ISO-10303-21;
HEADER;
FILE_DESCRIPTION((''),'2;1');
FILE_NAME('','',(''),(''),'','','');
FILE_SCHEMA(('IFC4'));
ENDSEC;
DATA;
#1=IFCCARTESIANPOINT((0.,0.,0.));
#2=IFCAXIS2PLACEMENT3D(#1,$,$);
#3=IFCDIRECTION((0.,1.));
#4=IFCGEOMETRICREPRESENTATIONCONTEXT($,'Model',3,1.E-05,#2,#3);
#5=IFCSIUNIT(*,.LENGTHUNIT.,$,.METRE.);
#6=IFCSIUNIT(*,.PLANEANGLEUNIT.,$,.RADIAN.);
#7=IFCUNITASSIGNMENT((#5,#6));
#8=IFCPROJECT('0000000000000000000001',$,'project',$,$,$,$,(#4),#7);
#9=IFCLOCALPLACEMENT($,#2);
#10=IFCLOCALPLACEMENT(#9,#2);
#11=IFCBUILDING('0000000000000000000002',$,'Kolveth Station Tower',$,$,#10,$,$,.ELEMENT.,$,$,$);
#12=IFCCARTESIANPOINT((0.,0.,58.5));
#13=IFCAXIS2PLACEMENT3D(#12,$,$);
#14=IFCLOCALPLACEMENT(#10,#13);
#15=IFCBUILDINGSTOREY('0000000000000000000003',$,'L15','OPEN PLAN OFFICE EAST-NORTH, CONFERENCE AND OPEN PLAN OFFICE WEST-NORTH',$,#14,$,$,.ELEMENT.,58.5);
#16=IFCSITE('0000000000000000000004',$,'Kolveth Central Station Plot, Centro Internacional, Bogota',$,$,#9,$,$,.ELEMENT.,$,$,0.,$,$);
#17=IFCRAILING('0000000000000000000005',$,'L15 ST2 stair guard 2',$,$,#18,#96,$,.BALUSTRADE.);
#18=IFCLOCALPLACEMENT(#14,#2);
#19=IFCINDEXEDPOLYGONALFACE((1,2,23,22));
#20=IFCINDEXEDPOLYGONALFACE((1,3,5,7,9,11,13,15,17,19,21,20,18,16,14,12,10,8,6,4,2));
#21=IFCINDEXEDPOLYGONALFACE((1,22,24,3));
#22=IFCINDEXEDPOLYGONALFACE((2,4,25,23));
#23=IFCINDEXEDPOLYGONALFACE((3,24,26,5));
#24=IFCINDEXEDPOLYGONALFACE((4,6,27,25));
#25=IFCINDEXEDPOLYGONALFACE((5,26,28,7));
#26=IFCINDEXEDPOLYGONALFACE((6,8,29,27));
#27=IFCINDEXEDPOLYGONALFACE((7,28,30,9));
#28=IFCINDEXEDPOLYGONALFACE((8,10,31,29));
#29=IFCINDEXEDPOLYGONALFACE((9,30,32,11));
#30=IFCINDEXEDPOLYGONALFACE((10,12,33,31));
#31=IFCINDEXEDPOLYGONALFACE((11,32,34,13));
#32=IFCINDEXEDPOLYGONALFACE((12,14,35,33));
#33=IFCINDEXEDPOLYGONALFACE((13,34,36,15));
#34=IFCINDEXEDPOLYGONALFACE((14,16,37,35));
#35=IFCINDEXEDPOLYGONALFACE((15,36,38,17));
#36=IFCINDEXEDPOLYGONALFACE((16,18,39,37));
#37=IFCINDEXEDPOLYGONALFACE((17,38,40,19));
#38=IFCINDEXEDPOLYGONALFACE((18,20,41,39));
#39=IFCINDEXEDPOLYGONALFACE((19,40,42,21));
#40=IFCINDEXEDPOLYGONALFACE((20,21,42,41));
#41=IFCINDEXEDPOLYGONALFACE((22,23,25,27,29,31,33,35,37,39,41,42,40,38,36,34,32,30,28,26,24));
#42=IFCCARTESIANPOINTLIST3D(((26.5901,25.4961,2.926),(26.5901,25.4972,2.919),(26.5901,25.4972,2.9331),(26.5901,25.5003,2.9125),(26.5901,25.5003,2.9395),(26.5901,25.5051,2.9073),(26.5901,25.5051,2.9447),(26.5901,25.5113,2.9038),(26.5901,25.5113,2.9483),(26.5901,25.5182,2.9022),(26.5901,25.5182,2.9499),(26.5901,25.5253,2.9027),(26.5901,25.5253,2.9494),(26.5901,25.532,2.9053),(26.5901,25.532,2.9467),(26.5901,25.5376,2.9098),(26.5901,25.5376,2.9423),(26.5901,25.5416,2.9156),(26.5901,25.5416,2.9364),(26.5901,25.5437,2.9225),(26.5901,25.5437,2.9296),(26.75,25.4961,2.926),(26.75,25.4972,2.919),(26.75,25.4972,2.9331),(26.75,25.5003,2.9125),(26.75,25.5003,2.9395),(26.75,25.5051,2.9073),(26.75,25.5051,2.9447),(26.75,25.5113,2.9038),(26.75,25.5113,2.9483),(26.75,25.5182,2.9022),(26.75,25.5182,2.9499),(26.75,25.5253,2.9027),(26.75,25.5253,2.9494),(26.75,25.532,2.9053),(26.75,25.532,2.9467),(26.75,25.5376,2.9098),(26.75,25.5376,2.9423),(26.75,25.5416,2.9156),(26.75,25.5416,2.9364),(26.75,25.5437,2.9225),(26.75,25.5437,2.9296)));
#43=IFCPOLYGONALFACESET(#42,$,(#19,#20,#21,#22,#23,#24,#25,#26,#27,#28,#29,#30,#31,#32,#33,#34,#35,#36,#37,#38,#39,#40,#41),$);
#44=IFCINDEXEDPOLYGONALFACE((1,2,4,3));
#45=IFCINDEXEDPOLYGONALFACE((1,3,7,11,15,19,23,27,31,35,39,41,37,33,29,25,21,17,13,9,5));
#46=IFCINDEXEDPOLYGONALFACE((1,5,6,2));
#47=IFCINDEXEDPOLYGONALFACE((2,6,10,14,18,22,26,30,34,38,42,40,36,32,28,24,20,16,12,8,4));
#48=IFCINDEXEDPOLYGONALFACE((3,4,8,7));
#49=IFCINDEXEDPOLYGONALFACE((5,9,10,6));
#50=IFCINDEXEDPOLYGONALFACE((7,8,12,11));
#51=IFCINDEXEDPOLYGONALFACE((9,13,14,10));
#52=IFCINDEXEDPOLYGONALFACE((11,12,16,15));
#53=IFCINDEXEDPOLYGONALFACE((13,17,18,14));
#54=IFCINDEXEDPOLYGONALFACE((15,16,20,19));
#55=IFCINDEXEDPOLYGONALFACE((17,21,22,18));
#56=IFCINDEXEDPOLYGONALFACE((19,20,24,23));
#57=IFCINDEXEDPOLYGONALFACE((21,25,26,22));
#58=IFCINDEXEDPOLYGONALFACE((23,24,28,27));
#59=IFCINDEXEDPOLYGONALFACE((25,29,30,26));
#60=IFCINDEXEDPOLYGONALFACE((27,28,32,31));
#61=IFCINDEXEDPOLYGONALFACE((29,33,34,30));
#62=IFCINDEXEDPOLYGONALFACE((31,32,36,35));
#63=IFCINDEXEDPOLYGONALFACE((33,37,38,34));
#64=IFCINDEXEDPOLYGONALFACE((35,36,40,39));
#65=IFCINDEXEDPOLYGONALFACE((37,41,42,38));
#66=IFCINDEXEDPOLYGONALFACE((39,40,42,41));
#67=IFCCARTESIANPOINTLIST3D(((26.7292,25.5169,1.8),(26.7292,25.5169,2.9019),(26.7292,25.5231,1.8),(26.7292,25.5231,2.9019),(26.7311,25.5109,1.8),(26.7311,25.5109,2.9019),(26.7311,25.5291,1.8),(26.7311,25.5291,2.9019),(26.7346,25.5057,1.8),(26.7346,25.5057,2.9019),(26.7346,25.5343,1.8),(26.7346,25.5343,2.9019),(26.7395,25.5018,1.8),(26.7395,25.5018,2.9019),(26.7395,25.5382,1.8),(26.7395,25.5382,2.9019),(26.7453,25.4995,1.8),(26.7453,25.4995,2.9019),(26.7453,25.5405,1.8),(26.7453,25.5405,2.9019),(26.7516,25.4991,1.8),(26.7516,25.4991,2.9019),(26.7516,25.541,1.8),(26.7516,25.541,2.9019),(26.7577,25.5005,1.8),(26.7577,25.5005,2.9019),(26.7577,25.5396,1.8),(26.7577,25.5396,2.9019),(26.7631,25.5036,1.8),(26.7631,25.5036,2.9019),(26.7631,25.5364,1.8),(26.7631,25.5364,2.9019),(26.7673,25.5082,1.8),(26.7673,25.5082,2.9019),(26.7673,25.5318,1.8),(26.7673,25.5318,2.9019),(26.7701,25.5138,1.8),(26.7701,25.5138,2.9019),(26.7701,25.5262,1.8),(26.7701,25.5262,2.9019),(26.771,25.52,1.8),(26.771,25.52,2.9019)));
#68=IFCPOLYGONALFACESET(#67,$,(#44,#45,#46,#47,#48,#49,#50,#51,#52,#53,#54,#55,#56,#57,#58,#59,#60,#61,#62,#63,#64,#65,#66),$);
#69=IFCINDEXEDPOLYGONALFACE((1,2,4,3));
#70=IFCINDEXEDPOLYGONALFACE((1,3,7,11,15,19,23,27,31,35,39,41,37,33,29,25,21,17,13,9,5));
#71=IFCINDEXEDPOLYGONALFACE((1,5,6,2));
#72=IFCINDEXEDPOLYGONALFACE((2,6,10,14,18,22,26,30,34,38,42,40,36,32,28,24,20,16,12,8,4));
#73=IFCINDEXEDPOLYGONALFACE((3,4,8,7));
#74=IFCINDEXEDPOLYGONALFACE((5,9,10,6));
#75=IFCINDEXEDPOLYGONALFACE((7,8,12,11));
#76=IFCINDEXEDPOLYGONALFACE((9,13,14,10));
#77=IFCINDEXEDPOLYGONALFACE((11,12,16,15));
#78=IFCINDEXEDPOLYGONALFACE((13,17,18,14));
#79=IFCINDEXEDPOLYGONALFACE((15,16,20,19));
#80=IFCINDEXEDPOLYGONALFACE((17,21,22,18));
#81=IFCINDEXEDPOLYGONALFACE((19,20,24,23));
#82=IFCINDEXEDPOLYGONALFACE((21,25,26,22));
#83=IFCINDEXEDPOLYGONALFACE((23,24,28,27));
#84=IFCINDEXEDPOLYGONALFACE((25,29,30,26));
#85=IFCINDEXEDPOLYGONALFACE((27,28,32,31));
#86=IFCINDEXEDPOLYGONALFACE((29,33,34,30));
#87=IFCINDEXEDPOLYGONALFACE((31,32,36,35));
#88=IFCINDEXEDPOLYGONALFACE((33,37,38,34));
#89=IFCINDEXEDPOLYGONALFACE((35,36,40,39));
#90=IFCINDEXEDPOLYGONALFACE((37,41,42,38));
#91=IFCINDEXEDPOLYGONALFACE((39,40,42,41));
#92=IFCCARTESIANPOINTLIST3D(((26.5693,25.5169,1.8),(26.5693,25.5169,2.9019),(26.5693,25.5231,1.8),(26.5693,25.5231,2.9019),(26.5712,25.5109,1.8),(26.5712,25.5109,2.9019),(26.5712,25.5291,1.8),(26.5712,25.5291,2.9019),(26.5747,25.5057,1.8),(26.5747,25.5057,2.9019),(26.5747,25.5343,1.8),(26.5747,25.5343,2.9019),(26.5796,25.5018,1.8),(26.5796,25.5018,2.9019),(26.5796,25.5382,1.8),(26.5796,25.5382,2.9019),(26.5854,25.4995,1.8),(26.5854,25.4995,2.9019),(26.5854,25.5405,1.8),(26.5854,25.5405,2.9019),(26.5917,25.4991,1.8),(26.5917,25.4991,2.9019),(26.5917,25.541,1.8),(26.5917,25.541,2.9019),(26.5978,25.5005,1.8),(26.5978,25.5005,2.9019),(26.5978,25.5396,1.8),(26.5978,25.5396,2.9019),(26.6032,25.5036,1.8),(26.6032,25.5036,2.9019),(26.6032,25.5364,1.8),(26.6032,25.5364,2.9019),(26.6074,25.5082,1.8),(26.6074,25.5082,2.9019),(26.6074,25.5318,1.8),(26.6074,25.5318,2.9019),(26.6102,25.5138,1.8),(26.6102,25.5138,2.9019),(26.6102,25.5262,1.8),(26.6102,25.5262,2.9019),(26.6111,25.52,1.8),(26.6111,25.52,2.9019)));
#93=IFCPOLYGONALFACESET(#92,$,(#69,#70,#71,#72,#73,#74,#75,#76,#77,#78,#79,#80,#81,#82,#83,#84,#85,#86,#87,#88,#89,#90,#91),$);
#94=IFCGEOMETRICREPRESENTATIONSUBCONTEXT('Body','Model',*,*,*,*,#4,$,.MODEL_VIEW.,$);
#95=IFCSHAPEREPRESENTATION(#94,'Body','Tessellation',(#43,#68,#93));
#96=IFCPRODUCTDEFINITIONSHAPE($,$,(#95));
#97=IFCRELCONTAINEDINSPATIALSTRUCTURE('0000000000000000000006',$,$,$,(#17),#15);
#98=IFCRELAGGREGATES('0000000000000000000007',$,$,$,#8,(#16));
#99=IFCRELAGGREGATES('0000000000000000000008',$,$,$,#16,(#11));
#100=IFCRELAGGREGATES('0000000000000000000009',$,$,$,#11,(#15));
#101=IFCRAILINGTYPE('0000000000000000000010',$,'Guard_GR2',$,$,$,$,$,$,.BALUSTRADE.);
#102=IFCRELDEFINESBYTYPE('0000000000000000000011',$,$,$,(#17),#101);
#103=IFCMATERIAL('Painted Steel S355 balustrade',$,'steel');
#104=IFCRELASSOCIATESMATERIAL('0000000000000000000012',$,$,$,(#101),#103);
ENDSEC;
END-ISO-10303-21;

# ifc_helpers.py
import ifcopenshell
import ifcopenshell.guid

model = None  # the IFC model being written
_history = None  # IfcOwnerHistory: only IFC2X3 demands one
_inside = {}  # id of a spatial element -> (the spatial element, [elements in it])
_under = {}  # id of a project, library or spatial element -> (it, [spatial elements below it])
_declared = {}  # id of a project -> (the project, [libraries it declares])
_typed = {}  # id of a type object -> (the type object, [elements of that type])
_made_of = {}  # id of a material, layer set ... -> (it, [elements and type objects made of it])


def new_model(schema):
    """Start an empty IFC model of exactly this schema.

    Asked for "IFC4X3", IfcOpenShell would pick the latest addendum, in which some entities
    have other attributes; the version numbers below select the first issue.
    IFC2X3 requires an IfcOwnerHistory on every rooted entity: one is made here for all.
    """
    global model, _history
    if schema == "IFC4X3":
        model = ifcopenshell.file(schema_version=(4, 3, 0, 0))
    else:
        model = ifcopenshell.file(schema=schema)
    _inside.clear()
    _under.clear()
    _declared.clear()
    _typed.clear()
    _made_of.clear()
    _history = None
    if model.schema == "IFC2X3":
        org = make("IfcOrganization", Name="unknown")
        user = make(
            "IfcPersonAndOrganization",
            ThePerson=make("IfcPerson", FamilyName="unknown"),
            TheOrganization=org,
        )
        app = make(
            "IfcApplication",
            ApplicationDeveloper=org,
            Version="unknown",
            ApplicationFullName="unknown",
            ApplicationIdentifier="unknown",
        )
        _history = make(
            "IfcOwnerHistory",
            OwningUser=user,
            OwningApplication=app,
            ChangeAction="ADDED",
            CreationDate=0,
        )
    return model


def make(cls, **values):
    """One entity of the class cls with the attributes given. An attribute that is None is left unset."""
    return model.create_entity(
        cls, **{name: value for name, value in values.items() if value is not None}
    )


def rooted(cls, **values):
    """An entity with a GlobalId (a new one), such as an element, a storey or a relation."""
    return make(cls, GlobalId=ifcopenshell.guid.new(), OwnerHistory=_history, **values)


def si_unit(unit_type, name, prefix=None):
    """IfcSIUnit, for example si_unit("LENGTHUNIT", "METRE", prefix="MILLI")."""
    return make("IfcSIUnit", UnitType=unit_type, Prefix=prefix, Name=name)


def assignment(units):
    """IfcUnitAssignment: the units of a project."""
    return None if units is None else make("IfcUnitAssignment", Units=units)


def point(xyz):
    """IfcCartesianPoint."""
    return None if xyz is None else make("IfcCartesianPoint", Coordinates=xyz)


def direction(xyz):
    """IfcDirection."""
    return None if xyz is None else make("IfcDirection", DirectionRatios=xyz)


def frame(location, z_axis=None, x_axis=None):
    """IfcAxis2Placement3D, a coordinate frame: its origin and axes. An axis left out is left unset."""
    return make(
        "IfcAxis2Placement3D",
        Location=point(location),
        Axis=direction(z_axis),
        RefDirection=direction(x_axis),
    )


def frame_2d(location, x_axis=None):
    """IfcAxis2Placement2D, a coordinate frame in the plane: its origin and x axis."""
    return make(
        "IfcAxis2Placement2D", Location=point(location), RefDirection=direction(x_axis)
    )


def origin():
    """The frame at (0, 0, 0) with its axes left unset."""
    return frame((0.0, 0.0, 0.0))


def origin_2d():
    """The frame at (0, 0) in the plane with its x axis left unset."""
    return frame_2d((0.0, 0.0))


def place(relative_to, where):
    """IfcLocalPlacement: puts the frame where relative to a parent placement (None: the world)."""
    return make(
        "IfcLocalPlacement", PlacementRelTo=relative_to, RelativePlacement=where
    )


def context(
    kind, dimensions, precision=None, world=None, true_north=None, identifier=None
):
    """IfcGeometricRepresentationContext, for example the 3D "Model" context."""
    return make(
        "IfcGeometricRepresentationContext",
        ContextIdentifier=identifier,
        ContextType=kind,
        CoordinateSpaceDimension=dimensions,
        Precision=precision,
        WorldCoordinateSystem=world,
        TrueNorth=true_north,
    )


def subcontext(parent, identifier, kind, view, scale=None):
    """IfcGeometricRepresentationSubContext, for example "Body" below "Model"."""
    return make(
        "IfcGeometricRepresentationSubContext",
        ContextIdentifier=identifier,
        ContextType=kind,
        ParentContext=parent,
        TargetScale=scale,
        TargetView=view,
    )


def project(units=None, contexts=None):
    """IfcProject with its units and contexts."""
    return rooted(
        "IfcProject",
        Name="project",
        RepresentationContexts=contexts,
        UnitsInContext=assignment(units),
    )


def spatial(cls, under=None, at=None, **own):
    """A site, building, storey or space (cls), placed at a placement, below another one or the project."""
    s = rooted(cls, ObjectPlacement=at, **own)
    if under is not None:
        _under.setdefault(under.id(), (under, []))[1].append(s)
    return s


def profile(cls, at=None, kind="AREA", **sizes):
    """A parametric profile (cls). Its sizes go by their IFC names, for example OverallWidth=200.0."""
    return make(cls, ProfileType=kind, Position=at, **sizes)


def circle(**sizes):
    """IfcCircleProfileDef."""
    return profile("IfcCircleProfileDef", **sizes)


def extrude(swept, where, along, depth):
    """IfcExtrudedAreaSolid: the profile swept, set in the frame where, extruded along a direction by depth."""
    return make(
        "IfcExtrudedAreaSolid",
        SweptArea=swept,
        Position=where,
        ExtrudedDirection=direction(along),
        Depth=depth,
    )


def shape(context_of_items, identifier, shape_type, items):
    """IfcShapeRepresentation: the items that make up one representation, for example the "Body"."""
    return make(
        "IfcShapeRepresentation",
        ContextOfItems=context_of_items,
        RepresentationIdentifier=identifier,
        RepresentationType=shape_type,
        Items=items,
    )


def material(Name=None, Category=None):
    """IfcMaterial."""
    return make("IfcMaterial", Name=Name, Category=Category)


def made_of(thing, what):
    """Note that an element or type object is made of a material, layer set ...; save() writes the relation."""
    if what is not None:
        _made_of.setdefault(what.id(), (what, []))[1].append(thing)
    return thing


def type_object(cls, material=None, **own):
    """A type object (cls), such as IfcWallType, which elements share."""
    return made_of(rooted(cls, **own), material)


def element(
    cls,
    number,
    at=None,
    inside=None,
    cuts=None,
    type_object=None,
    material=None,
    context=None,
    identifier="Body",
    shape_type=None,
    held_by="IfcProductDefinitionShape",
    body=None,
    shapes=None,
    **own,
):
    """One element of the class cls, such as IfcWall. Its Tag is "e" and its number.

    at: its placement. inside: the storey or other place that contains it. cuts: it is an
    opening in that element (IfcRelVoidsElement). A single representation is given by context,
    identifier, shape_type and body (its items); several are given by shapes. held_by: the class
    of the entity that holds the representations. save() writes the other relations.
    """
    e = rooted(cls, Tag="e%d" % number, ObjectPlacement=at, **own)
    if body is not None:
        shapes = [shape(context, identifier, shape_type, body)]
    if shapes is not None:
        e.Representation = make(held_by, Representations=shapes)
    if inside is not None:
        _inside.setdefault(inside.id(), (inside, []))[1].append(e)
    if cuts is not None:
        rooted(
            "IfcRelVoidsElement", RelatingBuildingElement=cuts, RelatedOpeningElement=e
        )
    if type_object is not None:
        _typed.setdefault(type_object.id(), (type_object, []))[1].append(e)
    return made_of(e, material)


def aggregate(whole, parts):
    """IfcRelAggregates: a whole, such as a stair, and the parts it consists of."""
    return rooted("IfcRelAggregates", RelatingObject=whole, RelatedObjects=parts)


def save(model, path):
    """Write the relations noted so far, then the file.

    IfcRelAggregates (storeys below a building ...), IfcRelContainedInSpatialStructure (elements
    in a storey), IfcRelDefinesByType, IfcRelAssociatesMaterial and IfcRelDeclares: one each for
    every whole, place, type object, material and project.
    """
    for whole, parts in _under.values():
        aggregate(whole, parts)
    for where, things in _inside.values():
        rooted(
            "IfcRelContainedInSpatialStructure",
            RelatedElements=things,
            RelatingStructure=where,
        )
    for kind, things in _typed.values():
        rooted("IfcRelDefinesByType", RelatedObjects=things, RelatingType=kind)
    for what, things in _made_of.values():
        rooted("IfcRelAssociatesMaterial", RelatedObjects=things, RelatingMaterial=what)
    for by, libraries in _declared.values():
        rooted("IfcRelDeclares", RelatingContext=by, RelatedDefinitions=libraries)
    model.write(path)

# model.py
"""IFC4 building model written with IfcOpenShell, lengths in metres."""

from ifc_helpers import new_model, si_unit, direction, frame, origin, origin_2d, place, context, subcontext, project, spatial, circle, extrude, material, type_object, element, save


model = new_model("IFC4")

# Units and contexts
model_context = context("Model", 3, precision=1e-05, world=origin(), true_north=direction((0.0, 1.0)))
body_context = subcontext(model_context, "Body", "Model", "MODEL_VIEW")
ifc_project = project(units=[si_unit("LENGTHUNIT", "METRE"), si_unit("PLANEANGLEUNIT", "RADIAN")], contexts=[model_context])

# Site, building, storey
site_placement = place(None, origin())
site = spatial("IfcSite", under=ifc_project, at=site_placement, Name="Kolveth Central Station Plot, Centro Internacional, Bogota", CompositionType="ELEMENT", RefElevation=0.0)
building_placement = place(site_placement, origin())
building = spatial("IfcBuilding", under=site, at=building_placement, Name="Kolveth Station Tower", CompositionType="ELEMENT")
storey_placement = place(building_placement, frame((0.0, 0.0, 58.5)))
storey = spatial("IfcBuildingStorey", under=building, at=storey_placement, Name="L15", Description="OPEN PLAN OFFICE EAST-NORTH, CONFERENCE AND OPEN PLAN OFFICE WEST-NORTH", CompositionType="ELEMENT", Elevation=58.5)

# Railing
ifc_material_1 = material(Name="Painted Steel S355 balustrade", Category="steel")
railing_type_1 = type_object("IfcRailingType", Name="Guard_GR2", PredefinedType="BALUSTRADE", material=ifc_material_1)
railing_1_placement = place(storey_placement, frame((26.75, 25.52, 1.8)))
element("IfcRailing", 1, at=railing_1_placement, inside=storey, type_object=railing_type_1, Name="L15 ST2 stair guard 2", PredefinedType="BALUSTRADE", context=body_context, shape_type="SweptSolid", body=[
    extrude(circle(Radius=0.0239, at=origin_2d()), frame((0.0, 0.0, 1.126), z_axis=(-1.0, 0.0, 0.0), x_axis=(0.0, -1.0, 0.0)), (0.0, 0.0, 1.0), 0.1599),
    extrude(circle(Radius=0.021, at=origin_2d()), origin(), (0.0, 0.0, 1.0), 1.1018),
    extrude(circle(Radius=0.021, at=origin_2d()), frame((-0.1599, 0.0, 0.0)), (0.0, 0.0, 1.0), 1.1018),
])

save(model, "model.ifc")
